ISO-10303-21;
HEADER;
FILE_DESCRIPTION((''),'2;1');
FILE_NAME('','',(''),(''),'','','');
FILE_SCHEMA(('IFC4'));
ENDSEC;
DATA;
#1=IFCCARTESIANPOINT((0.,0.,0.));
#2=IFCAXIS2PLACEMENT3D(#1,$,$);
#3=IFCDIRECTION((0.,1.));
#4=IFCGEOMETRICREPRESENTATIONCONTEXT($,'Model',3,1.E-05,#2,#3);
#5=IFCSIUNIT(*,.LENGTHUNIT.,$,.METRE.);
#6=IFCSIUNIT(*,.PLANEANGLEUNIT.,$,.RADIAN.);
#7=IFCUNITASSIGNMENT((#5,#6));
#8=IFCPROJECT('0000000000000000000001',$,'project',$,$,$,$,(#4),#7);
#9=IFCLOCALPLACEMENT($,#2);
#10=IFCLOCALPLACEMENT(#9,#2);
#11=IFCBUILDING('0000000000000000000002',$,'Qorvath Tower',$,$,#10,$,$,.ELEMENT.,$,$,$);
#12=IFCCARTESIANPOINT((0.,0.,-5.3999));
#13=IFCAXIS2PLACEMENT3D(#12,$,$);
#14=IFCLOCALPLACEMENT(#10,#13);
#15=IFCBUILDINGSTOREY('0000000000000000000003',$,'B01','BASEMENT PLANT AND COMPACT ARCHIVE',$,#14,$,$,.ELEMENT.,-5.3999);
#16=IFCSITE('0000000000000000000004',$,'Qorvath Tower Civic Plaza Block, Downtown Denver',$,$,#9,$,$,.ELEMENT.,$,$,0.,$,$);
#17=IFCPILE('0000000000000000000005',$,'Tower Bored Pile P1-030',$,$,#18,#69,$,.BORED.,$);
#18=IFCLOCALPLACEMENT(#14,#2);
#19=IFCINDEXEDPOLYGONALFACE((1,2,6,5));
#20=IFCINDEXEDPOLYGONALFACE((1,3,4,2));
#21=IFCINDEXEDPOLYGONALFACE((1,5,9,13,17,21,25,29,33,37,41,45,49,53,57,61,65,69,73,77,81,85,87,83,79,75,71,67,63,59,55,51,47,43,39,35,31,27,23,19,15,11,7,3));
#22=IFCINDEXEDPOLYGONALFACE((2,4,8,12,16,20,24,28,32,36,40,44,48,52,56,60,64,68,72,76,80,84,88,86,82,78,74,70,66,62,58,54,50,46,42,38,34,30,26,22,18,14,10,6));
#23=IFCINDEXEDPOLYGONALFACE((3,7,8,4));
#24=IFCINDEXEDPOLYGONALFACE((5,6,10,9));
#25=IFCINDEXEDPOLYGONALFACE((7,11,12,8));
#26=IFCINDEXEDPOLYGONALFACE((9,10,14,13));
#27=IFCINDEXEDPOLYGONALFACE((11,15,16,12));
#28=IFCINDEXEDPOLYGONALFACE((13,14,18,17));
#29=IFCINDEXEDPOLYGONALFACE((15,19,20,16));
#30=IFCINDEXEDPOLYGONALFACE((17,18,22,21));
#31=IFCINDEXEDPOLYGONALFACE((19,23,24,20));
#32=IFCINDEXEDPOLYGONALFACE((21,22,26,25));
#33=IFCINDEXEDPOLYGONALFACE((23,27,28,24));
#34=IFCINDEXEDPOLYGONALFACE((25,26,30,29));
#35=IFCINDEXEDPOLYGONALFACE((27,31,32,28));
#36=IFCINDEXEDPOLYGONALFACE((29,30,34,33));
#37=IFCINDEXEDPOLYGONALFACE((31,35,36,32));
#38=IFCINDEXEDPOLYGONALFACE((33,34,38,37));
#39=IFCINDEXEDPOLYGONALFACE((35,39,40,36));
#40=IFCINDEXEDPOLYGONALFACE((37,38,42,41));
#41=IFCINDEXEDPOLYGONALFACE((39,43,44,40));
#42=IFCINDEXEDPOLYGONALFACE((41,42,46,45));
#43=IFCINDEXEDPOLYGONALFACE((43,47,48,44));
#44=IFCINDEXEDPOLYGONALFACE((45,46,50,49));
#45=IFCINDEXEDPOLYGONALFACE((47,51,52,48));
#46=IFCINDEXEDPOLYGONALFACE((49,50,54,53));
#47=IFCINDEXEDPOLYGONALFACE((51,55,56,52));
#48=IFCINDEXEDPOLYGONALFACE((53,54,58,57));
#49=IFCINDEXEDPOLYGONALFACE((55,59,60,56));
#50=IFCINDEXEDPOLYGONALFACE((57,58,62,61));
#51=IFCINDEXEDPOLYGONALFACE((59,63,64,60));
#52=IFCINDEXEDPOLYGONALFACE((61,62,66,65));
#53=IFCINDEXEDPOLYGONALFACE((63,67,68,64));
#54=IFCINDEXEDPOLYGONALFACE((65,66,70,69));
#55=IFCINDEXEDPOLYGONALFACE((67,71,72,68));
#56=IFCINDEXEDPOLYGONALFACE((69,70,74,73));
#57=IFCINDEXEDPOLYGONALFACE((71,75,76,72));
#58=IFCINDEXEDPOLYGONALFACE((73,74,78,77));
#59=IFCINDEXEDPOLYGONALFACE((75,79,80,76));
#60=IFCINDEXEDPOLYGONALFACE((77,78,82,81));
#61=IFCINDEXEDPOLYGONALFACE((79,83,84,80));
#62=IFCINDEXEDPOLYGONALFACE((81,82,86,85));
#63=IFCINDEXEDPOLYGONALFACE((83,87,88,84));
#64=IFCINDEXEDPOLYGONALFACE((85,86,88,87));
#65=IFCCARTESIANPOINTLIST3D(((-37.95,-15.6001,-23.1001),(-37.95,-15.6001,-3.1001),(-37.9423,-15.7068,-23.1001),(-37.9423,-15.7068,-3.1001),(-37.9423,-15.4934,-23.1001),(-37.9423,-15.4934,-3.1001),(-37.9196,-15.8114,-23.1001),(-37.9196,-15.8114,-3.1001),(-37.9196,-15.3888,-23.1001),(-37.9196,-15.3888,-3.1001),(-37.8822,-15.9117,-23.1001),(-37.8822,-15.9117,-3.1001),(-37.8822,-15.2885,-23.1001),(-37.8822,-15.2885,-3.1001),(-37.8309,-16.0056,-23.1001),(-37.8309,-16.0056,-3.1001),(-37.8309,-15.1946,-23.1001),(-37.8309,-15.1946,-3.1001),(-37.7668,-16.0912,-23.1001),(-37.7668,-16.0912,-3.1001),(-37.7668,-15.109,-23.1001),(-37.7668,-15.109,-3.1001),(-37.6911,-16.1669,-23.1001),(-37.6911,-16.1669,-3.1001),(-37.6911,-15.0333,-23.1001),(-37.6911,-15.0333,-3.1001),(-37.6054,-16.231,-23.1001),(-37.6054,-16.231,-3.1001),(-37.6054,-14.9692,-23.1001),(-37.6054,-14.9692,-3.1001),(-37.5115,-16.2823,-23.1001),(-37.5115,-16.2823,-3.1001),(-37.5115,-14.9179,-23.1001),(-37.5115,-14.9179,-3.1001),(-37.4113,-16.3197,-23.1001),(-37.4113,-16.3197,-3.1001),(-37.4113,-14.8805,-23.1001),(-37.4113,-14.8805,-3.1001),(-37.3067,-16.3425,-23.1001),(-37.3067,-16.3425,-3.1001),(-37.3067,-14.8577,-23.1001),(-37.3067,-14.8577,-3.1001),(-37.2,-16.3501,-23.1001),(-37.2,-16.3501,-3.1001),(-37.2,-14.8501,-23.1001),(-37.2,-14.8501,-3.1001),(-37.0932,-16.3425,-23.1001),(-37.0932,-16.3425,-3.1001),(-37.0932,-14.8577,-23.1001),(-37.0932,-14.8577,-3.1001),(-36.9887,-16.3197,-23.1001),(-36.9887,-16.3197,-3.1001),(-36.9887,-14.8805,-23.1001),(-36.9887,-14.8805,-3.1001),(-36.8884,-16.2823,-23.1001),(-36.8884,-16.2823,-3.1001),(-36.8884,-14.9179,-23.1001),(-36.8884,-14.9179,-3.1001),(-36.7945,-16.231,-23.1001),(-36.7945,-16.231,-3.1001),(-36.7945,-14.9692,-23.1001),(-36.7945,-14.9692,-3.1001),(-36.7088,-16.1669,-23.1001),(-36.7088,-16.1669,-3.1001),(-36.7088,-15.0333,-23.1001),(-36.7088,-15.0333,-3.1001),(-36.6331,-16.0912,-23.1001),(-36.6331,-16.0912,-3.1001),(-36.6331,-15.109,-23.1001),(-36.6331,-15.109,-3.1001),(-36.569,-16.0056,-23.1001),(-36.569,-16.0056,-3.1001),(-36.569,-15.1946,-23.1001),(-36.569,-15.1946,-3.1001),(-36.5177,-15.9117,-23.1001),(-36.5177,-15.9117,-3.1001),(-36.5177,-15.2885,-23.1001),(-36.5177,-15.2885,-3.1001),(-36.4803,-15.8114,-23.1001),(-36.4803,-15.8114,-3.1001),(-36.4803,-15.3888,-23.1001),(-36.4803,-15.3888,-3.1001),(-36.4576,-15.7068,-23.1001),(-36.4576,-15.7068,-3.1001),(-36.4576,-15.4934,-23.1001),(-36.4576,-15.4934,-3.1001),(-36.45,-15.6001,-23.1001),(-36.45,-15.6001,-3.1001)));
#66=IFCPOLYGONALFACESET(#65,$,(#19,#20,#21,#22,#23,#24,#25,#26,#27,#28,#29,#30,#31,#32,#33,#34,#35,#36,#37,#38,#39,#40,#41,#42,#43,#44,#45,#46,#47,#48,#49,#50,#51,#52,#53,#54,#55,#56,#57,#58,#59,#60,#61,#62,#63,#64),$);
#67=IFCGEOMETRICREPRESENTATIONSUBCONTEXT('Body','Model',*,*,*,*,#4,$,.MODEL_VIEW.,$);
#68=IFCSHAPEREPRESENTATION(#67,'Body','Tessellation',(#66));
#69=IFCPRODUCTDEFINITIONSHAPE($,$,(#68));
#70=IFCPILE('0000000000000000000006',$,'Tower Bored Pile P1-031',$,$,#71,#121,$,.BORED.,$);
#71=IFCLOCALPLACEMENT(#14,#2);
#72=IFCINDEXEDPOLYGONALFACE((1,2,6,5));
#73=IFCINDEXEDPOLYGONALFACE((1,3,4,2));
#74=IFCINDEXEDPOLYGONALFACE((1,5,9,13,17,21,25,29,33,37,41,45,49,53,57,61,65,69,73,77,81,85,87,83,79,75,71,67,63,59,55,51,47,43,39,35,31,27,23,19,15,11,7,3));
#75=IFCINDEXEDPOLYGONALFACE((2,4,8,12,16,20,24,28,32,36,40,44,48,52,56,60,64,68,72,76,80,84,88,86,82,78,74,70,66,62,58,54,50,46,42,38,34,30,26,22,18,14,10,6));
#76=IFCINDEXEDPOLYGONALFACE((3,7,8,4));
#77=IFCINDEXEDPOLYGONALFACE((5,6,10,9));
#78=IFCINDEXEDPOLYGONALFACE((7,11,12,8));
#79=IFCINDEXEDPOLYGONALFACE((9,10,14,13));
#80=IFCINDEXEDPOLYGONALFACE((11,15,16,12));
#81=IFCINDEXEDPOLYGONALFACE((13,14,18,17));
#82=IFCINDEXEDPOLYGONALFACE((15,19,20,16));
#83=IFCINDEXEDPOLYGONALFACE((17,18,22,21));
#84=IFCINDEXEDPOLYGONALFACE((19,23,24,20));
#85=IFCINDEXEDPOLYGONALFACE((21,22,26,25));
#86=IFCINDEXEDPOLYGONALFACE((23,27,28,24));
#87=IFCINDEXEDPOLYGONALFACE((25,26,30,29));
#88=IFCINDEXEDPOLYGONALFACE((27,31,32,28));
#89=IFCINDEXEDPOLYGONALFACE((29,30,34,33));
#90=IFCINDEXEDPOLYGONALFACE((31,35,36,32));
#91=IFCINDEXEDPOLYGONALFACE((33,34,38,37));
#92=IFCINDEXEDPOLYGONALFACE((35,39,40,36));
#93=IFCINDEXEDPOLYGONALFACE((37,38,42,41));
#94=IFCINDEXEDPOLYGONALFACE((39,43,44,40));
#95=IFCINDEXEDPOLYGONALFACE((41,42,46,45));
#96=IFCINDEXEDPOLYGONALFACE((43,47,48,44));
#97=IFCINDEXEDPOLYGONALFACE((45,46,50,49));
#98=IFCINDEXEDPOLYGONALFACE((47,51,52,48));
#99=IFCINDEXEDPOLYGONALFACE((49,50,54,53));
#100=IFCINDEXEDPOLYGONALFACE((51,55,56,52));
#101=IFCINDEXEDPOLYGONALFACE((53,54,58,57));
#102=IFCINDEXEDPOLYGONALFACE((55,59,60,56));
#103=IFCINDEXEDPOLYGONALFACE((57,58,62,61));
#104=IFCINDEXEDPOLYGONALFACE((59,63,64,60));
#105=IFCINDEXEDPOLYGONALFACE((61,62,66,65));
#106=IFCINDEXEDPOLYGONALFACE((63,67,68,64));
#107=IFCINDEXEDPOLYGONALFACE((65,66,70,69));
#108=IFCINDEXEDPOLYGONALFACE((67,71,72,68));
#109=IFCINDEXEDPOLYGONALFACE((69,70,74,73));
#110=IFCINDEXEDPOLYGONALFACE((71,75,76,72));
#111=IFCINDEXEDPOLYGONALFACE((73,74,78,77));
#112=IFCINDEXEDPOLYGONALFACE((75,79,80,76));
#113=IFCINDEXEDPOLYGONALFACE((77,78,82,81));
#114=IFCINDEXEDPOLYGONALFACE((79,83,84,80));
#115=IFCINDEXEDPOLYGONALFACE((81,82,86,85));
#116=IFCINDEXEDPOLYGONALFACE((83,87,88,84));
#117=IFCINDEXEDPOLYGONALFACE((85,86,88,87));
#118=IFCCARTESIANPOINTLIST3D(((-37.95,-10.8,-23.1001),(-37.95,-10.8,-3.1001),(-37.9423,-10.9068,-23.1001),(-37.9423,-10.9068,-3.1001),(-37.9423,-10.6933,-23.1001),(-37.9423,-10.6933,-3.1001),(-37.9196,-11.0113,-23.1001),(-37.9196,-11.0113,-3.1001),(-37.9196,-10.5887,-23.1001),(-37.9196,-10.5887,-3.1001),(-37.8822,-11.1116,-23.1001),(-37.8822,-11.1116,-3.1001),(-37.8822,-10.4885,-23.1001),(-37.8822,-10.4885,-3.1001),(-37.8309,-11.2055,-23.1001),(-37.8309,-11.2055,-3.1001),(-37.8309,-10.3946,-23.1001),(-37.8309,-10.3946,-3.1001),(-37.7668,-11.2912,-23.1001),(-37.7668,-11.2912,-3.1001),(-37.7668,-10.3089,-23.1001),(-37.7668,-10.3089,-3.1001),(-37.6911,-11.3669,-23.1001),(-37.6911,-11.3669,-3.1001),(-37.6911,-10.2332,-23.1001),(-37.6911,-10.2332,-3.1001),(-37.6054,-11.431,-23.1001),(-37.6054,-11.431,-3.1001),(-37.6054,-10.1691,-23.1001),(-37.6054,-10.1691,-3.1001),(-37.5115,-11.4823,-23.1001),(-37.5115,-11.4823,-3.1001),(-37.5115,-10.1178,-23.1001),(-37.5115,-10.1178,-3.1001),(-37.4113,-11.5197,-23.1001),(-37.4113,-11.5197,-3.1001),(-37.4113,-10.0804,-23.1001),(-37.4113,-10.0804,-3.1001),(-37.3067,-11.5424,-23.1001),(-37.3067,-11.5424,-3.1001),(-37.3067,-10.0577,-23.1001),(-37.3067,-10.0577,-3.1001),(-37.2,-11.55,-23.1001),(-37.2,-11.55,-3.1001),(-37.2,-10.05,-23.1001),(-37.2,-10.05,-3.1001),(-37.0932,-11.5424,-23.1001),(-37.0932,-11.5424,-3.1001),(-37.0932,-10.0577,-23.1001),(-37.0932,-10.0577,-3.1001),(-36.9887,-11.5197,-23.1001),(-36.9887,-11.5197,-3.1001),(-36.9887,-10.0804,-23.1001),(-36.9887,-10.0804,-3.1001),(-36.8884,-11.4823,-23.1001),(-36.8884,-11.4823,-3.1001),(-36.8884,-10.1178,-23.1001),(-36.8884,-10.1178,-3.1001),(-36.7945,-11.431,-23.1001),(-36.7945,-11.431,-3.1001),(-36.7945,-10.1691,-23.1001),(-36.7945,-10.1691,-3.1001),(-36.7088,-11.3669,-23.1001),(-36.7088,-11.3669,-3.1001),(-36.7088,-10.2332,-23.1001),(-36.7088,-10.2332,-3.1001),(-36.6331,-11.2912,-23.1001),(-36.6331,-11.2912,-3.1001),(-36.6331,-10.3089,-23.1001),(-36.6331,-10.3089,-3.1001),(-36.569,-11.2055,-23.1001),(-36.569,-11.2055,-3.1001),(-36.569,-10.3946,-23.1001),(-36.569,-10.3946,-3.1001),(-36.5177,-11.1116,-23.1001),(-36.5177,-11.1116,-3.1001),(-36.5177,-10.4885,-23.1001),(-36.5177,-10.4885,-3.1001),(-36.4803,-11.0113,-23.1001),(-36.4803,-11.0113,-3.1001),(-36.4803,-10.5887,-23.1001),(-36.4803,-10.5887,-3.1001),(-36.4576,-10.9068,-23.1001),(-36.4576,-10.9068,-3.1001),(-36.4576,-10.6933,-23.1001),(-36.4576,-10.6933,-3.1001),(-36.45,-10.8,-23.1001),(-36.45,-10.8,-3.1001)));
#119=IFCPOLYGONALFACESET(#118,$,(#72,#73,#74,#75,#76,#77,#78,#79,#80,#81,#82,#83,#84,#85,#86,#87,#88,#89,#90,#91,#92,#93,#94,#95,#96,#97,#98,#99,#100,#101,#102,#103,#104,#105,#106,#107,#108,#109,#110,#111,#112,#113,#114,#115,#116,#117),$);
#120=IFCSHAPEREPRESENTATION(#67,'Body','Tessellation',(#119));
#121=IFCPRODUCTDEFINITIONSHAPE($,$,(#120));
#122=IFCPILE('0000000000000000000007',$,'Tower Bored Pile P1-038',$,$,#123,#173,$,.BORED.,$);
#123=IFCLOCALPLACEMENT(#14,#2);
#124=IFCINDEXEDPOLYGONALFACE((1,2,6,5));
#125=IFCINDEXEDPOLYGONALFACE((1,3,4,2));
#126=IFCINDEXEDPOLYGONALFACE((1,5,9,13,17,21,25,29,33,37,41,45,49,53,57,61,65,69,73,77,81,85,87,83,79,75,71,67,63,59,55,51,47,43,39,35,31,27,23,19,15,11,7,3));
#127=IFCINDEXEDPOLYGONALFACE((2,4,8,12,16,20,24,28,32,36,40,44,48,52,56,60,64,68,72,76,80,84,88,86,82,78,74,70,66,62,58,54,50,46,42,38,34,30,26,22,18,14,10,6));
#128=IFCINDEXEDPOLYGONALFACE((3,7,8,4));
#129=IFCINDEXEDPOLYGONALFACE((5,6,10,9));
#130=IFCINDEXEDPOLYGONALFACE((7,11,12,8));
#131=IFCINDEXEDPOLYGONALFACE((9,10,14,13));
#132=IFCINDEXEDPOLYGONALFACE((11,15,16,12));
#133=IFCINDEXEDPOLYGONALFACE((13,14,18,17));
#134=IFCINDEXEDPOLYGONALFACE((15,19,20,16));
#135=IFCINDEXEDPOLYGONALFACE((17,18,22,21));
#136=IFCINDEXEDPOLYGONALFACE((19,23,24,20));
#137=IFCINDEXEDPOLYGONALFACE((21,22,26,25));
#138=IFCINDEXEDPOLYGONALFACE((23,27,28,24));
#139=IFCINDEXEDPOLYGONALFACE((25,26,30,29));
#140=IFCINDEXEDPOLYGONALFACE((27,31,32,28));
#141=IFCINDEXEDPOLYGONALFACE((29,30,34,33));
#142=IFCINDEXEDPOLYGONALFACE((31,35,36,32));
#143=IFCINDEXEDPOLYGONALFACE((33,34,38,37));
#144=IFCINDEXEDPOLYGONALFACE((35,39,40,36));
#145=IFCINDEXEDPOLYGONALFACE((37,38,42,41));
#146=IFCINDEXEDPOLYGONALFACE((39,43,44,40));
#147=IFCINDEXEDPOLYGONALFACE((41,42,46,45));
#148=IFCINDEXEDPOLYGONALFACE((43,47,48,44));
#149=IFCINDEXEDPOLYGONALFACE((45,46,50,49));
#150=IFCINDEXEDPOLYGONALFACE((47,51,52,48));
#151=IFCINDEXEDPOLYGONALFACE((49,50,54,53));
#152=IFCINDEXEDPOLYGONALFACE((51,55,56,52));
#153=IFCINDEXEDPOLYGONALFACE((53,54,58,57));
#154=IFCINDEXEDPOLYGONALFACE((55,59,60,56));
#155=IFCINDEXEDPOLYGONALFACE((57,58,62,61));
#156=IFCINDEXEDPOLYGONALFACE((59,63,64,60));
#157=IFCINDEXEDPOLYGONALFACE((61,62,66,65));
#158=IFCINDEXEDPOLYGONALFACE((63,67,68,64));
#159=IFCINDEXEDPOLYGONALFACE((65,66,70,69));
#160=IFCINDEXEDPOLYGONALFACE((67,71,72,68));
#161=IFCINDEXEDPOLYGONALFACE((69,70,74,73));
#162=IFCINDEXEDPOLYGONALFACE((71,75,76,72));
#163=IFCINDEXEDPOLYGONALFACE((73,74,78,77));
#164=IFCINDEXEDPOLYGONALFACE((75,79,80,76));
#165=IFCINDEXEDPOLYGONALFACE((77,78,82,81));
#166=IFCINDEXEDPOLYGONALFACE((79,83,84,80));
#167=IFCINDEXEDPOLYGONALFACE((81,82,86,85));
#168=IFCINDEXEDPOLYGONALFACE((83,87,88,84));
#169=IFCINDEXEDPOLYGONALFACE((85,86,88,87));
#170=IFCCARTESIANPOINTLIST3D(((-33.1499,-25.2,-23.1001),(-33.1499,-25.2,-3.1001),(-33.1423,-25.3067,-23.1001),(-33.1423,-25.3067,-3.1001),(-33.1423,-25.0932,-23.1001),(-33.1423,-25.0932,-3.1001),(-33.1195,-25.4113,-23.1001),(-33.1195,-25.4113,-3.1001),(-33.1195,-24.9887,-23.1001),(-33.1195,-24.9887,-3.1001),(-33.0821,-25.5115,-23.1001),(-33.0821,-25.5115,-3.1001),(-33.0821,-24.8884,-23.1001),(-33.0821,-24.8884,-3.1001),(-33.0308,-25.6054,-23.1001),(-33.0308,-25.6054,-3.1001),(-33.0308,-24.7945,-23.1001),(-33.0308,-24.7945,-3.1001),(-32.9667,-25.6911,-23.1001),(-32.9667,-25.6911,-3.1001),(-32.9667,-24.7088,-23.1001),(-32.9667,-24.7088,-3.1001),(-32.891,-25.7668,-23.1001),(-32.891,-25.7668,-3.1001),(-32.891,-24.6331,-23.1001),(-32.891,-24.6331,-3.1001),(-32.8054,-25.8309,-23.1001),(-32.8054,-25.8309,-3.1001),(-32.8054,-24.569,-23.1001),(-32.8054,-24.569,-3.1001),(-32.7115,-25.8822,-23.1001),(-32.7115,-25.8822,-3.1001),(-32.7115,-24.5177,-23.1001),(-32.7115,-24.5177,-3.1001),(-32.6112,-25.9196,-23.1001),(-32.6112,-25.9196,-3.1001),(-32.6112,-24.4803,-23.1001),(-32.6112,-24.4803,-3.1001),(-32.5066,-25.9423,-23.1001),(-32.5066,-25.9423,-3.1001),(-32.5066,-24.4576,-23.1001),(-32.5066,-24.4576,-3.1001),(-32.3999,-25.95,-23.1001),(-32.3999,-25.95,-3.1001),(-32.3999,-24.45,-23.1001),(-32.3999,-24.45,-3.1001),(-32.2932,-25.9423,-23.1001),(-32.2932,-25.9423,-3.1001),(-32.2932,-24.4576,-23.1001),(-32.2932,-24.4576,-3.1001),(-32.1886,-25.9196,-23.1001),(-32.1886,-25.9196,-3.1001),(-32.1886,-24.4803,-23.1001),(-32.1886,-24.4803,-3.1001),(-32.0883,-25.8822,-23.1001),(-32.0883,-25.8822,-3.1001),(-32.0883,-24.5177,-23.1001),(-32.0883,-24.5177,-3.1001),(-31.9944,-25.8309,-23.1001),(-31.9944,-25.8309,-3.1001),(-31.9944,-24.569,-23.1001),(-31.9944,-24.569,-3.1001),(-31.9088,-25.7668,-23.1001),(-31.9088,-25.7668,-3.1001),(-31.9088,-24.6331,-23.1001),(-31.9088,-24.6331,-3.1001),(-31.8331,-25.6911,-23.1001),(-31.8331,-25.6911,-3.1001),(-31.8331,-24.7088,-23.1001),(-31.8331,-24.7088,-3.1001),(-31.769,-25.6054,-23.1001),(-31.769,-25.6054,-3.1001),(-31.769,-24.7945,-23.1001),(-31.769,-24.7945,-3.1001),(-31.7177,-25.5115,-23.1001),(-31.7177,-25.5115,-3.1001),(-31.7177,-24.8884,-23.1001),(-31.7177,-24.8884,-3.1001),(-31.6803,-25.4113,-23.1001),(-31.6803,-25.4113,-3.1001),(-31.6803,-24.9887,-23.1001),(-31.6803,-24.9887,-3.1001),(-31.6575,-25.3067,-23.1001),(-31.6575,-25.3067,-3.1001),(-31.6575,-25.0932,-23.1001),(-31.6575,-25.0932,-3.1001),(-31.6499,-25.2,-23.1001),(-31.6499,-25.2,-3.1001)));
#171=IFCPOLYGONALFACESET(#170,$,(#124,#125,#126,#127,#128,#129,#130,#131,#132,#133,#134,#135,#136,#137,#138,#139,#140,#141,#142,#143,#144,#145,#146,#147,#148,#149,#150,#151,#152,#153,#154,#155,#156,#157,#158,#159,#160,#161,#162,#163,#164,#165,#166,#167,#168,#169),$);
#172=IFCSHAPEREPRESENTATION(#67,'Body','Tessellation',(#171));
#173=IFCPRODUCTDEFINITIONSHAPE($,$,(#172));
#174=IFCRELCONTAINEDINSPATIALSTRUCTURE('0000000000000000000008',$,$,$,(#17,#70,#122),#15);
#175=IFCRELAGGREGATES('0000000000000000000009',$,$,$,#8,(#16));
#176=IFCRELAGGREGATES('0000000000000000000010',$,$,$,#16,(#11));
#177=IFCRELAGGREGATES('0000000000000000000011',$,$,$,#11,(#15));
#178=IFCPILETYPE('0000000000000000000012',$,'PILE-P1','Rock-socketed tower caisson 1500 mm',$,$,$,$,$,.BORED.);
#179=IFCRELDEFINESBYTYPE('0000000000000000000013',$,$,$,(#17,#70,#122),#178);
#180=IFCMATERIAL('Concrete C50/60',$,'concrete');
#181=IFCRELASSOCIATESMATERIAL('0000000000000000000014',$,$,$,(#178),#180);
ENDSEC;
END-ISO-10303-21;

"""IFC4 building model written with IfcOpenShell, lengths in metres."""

from ifc_helpers import new_model, si_unit, direction, frame, origin, origin_2d, place, context, subcontext, project, spatial, circle, extrude, material, material_profile, profile_set, type_object, element, save


model = new_model("IFC4")

# Units and contexts
model_context = context("Model", 3, precision=1e-05, world=origin(), true_north=direction((0.0, 1.0)))
body_context = subcontext(model_context, "Body", "Model", "MODEL_VIEW")
ifc_project = project(units=[si_unit("LENGTHUNIT", "METRE"), si_unit("PLANEANGLEUNIT", "RADIAN")], contexts=[model_context])

# Site, building, storey
site_placement = place(None, origin())
site = spatial("IfcSite", under=ifc_project, at=site_placement, Name="Qorvath Tower Civic Plaza Block, Downtown Denver", CompositionType="ELEMENT", RefElevation=0.0)
building_placement = place(site_placement, origin())
building = spatial("IfcBuilding", under=site, at=building_placement, Name="Qorvath Tower", CompositionType="ELEMENT")
storey_placement = place(building_placement, frame((0.0, 0.0, -5.3999)))
storey = spatial("IfcBuildingStorey", under=building, at=storey_placement, Name="B01", Description="BASEMENT PLANT AND COMPACT ARCHIVE", CompositionType="ELEMENT", Elevation=-5.3999)

# Piles
ifc_material_1 = material(Name="Concrete C50/60", Category="concrete")
ifc_material_profile_1 = material_profile(ifc_material_1, circle(Radius=0.75, at=origin_2d()), Name="BORED PILE 1500")
ifc_profile_set_1 = profile_set([ifc_material_profile_1], Name="Concrete C50/60")
pile_type = type_object("IfcPileType", Name="PILE-P1", Description="Rock-socketed tower caisson 1500 mm", PredefinedType="BORED", material=ifc_profile_set_1)
for number, where, z_axis, x_axis, name in (
    (1, (-37.2, -15.6001, -3.1001), (0.0, 0.0, -1.0), (1.0, 0.0, 0.0), "Tower Bored Pile P1-030"),
    (2, (-37.2, -10.8, -3.1001), (0.0, 0.0, -1.0), (1.0, 0.0, 0.0), "Tower Bored Pile P1-031"),
    (3, (-32.3999, -25.2, -3.1001), (0.0, 0.0, -1.0), (1.0, 0.0, 0.0), "Tower Bored Pile P1-038"),
):
    element("IfcPile", number, at=place(storey_placement, frame(where, z_axis=z_axis, x_axis=x_axis)), inside=storey, type_object=pile_type, Name=name, PredefinedType="BORED", context=body_context, shape_type="SweptSolid", body=[
        extrude(circle(Radius=0.75, at=origin_2d()), origin(), (0.0, 0.0, 1.0), 20.0),
    ])

save(model, "model.ifc")
